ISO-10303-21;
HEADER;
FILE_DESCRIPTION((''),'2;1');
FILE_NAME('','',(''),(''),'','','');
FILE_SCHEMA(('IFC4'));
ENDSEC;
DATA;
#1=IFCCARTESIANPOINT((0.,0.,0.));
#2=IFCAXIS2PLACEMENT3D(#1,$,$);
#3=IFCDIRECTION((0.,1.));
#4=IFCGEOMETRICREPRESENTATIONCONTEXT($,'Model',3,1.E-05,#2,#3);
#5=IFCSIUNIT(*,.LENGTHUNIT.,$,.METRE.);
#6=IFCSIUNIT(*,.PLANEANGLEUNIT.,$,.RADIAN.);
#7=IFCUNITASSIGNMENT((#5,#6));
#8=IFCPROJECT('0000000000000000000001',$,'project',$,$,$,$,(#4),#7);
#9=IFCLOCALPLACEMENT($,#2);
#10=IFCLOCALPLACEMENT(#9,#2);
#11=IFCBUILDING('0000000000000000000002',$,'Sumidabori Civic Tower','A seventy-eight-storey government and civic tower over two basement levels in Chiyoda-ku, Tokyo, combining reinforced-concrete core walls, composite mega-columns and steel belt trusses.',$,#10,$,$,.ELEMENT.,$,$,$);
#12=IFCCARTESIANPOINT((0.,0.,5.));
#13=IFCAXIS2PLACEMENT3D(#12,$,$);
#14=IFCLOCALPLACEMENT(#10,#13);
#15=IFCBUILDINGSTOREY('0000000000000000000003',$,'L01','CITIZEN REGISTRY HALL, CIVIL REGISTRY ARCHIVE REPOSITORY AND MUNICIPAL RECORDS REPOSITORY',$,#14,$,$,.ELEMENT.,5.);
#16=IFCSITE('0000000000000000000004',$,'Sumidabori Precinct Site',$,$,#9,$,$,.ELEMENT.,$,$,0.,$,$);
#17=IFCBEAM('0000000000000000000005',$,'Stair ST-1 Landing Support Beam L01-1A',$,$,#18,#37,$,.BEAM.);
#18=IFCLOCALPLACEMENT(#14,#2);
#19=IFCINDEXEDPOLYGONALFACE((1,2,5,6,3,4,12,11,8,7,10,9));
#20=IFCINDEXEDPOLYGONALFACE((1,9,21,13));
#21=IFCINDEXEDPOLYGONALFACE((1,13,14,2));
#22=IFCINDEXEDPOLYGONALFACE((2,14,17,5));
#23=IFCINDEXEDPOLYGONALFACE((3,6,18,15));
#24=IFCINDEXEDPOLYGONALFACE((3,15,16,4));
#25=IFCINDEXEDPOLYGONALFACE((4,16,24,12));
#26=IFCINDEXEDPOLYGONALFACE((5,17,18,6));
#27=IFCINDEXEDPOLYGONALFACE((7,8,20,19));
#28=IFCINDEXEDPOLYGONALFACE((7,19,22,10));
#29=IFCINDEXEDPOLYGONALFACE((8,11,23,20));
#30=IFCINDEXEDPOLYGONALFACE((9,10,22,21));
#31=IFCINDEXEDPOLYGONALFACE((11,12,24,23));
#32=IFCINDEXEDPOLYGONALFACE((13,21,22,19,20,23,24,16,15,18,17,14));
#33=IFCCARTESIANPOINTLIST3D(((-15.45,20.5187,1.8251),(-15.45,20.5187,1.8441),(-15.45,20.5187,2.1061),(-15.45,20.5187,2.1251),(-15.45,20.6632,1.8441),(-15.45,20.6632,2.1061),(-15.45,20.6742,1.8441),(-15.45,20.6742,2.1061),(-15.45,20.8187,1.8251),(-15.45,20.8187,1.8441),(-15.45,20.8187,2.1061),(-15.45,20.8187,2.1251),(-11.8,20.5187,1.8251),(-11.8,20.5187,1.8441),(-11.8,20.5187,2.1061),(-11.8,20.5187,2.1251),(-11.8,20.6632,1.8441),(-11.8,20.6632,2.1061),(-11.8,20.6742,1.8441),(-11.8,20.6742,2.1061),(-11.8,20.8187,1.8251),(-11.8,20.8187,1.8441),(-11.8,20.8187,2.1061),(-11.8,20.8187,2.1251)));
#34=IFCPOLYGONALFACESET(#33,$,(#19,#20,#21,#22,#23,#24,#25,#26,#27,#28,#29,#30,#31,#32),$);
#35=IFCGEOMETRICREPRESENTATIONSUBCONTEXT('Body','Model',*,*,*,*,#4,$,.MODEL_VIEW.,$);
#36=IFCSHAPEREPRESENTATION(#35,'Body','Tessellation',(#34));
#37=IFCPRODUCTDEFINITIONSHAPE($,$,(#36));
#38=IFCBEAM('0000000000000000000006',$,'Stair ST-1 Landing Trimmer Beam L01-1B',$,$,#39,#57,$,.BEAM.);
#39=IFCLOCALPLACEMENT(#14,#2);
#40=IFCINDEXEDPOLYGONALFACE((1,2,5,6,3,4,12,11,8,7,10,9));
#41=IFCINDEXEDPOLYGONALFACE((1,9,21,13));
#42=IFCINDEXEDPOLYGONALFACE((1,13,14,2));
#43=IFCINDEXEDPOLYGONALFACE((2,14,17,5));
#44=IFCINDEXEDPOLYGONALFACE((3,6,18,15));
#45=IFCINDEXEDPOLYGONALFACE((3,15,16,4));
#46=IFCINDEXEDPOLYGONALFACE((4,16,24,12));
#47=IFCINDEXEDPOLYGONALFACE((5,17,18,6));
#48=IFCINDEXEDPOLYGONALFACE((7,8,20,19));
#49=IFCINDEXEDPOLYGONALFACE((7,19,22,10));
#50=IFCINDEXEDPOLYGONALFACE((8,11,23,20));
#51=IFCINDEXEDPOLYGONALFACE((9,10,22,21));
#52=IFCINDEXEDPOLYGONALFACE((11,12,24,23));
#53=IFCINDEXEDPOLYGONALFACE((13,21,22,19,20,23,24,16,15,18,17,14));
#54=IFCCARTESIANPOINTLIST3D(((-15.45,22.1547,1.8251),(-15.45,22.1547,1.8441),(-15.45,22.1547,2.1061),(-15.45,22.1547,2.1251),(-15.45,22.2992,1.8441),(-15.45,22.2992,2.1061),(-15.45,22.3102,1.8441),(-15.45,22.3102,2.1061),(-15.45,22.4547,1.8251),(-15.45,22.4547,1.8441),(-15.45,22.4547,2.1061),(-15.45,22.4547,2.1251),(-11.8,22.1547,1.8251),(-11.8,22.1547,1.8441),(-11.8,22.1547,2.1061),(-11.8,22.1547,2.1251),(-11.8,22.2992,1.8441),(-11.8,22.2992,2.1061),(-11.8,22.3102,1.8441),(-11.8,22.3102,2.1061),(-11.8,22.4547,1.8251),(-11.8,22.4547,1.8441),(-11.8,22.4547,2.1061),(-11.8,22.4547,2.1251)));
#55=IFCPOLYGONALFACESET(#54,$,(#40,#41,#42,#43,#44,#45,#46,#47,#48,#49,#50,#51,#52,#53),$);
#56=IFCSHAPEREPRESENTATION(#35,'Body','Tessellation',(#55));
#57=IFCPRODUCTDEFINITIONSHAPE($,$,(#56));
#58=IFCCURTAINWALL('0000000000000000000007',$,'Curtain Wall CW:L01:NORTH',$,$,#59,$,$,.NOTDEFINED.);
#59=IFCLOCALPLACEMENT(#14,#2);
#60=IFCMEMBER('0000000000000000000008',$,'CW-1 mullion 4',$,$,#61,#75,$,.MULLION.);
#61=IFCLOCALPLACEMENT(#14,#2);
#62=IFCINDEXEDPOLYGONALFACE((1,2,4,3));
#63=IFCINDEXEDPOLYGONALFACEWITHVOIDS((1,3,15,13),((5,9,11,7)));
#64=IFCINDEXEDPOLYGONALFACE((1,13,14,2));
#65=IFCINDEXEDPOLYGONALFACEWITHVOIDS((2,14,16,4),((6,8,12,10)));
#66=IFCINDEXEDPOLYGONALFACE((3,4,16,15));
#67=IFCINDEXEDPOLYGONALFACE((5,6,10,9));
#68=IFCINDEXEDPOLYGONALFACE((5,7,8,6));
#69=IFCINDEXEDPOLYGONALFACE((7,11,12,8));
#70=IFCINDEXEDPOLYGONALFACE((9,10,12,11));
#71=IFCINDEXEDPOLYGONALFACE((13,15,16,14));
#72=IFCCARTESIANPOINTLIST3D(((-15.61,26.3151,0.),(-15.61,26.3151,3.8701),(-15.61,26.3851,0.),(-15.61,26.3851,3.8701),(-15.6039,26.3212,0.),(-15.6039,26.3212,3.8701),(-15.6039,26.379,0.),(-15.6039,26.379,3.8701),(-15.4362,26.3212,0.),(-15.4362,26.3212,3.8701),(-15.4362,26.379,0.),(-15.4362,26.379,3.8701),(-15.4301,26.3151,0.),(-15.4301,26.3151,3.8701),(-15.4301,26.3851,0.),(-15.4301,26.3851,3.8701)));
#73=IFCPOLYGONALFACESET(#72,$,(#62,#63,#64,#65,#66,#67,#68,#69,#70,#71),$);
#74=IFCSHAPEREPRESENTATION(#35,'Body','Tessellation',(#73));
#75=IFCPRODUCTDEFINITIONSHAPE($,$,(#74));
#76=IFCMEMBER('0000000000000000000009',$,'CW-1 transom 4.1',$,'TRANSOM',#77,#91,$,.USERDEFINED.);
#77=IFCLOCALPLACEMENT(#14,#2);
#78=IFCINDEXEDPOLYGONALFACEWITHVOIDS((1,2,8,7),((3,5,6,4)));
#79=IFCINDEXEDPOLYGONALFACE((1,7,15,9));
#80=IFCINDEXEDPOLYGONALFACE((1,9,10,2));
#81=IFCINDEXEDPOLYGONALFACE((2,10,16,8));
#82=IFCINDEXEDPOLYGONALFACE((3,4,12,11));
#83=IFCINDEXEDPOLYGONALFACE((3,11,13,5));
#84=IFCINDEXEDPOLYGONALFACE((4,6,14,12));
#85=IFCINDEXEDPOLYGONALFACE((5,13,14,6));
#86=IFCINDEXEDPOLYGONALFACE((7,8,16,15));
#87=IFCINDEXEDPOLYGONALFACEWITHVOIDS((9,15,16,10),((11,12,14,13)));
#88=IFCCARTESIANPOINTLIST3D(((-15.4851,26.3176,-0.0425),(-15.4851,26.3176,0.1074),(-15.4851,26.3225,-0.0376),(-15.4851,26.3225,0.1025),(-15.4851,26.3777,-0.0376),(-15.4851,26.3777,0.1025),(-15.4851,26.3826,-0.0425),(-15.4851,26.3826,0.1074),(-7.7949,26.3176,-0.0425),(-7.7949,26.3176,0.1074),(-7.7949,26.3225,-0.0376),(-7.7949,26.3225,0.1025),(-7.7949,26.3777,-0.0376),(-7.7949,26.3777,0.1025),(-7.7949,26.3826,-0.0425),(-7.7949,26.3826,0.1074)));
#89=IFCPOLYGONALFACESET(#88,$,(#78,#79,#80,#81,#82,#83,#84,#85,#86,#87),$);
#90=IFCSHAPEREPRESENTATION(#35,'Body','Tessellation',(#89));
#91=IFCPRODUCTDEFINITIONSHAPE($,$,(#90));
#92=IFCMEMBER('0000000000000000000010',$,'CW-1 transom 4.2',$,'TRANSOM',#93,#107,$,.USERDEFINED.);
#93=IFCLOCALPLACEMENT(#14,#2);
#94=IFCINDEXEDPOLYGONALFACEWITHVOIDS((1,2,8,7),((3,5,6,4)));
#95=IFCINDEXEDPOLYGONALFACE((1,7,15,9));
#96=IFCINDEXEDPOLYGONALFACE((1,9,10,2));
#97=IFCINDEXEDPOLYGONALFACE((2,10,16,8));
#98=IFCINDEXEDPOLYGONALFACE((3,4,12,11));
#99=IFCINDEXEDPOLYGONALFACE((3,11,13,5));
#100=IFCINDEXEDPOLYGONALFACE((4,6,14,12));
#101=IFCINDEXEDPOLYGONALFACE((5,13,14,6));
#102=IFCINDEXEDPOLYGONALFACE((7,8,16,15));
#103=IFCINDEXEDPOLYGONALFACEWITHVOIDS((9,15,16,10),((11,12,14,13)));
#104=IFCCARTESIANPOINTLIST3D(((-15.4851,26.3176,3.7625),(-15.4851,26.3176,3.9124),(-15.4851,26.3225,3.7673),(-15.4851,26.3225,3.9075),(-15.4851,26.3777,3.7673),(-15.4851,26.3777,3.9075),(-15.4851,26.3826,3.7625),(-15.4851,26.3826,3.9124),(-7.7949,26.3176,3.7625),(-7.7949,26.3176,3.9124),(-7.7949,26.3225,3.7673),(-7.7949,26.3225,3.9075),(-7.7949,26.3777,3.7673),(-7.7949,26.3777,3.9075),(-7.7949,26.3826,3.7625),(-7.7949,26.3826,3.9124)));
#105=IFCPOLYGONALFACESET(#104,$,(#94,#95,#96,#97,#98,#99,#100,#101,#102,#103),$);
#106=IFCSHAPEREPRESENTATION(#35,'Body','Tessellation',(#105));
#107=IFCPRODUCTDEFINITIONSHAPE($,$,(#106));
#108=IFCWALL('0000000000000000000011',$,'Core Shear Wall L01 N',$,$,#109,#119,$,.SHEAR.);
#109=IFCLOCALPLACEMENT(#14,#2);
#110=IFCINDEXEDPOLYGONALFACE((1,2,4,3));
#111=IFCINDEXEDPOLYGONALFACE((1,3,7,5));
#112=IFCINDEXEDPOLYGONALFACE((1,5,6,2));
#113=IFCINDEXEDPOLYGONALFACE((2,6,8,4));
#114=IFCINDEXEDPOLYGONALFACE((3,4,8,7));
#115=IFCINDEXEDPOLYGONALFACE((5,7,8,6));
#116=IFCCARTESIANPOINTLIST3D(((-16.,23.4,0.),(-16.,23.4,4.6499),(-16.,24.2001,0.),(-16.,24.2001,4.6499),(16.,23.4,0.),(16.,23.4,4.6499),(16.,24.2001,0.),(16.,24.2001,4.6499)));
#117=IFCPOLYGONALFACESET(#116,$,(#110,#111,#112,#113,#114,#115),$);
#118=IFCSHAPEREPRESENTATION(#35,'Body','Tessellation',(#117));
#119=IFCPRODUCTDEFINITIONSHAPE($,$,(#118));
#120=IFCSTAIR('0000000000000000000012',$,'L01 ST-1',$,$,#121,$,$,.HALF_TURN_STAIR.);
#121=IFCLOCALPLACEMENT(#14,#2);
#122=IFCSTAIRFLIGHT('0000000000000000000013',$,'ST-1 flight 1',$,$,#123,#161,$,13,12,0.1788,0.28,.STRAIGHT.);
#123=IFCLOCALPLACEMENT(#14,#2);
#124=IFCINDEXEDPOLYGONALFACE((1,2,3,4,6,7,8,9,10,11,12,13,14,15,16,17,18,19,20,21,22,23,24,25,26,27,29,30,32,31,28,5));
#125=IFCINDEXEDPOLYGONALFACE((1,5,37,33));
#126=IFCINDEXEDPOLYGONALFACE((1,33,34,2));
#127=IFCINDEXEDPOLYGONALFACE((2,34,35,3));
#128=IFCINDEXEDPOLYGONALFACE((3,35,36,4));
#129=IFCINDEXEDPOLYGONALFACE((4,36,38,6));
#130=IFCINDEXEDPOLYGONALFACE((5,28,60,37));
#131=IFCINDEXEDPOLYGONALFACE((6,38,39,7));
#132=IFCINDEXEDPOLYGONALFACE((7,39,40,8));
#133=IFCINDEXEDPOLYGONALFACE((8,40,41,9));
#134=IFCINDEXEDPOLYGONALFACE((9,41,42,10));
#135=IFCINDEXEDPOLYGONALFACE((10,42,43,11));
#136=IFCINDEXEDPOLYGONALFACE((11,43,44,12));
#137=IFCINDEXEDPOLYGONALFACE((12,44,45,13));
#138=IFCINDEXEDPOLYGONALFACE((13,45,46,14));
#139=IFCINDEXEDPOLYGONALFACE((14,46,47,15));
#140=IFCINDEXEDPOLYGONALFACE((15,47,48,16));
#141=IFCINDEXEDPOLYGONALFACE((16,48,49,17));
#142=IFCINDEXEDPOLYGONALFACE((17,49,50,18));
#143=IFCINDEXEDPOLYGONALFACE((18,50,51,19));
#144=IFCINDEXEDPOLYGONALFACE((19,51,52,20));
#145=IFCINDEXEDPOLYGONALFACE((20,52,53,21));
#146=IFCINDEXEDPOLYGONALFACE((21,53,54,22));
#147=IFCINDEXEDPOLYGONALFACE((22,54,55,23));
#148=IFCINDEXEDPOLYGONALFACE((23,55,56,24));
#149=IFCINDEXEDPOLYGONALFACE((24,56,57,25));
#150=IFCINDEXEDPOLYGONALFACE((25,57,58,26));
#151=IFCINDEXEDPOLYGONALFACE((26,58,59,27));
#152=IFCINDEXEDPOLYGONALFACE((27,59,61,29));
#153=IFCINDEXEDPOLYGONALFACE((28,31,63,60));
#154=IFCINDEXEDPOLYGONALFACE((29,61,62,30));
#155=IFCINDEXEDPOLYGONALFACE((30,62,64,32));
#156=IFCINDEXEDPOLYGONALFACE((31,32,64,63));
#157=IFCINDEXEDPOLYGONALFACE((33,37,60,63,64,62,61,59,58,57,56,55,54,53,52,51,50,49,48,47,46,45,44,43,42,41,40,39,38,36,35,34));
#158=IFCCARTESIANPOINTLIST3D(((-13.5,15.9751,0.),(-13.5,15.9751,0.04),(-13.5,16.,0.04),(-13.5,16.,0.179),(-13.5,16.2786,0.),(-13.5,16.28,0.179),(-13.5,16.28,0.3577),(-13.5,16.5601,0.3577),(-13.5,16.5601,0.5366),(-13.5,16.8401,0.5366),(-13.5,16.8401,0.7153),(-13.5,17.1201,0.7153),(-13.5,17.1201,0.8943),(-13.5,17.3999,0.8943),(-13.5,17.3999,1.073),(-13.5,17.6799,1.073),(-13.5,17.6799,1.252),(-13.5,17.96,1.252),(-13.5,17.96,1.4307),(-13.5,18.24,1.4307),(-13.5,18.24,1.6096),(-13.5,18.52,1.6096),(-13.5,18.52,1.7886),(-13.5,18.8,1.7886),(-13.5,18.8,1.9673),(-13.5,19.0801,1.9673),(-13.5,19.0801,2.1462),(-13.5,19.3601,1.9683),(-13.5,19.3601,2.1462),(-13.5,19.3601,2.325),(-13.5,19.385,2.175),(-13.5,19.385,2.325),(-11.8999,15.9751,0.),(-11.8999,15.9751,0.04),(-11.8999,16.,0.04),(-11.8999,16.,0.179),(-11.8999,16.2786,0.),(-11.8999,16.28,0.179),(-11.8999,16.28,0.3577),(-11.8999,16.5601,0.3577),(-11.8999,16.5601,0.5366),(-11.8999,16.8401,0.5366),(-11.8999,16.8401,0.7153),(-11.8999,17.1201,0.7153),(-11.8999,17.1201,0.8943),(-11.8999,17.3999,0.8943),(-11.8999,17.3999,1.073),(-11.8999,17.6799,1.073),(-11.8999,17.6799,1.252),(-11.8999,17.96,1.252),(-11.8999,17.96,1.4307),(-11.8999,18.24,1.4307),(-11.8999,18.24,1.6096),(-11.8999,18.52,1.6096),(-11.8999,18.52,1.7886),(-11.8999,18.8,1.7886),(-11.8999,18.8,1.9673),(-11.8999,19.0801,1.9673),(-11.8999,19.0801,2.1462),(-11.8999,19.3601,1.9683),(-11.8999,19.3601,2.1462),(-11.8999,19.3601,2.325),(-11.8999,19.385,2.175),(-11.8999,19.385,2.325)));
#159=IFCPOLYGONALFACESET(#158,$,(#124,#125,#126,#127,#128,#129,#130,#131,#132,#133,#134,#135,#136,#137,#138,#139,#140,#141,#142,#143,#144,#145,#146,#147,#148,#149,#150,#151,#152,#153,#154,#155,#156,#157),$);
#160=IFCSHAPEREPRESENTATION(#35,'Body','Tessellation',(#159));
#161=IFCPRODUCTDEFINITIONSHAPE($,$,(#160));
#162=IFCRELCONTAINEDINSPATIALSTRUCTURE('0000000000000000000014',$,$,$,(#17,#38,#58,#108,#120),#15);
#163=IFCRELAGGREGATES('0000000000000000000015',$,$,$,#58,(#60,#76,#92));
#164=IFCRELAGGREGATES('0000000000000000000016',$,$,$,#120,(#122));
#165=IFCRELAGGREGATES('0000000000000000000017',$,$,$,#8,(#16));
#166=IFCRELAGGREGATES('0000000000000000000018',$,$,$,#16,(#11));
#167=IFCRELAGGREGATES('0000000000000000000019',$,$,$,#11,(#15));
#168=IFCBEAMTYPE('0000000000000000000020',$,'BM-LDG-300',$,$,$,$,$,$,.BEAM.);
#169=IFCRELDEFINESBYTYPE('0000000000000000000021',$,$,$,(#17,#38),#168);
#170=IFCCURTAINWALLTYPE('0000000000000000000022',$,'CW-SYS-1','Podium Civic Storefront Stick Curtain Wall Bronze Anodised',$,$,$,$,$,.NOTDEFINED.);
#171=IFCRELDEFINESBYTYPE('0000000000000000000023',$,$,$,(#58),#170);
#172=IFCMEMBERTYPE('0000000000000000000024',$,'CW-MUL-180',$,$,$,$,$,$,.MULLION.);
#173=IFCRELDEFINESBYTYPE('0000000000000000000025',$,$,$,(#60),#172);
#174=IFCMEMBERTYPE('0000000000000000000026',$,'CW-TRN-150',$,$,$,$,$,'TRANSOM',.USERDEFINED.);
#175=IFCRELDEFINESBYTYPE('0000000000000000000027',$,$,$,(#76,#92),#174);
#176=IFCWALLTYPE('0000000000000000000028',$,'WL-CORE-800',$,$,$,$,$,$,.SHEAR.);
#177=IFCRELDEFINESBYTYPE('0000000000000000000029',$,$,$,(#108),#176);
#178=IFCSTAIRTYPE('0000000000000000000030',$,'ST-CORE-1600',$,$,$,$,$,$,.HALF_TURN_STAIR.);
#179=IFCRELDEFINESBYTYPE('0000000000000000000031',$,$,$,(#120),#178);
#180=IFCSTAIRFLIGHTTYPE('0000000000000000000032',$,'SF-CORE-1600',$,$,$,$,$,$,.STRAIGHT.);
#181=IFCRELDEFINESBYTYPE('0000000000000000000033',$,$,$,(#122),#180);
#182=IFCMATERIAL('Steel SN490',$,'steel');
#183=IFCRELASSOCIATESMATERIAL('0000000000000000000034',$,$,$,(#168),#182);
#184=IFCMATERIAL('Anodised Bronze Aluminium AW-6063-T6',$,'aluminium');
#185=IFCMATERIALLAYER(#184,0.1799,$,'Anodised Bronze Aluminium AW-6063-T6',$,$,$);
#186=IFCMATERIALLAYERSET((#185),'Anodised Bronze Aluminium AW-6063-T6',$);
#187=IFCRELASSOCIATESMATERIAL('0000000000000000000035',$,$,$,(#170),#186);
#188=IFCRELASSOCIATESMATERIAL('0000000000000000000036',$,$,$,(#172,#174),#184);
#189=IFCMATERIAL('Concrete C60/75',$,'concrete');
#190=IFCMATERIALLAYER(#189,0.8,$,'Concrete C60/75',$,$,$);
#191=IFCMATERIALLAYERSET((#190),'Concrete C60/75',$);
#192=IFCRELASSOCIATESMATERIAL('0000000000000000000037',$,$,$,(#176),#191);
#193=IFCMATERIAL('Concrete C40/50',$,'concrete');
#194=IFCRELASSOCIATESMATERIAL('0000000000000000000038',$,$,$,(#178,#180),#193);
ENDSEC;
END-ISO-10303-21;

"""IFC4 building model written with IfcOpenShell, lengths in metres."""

from ifc_helpers import new_model, si_unit, direction, frame, frame_2d, origin, origin_2d, place, context, subcontext, project, spatial, polyline, rectangle, hollow_rectangle, i_section, outline, extrude, source, transform, mapped, material, layer, layer_set, material_profile, profile_set, type_object, element, aggregate, save


model = new_model("IFC4")

# Units and contexts
model_context = context("Model", 3, precision=1e-05, world=origin(), true_north=direction((0.0, 1.0)))
body_context = subcontext(model_context, "Body", "Model", "MODEL_VIEW")
ifc_project = project(units=[si_unit("LENGTHUNIT", "METRE"), si_unit("PLANEANGLEUNIT", "RADIAN")], contexts=[model_context])

# Site, building, storey
site_placement = place(None, origin())
site = spatial("IfcSite", under=ifc_project, at=site_placement, Name="Sumidabori Precinct Site", CompositionType="ELEMENT", RefElevation=0.0)
building_placement = place(site_placement, origin())
building = spatial("IfcBuilding", under=site, at=building_placement, Name="Sumidabori Civic Tower", Description="A seventy-eight-storey government and civic tower over two basement levels in Chiyoda-ku, Tokyo, combining reinforced-concrete core walls, composite mega-columns and steel belt trusses.", CompositionType="ELEMENT")
storey_placement = place(building_placement, frame((0.0, 0.0, 5.0)))
storey = spatial("IfcBuildingStorey", under=building, at=storey_placement, Name="L01", Description="CITIZEN REGISTRY HALL, CIVIL REGISTRY ARCHIVE REPOSITORY AND MUNICIPAL RECORDS REPOSITORY", CompositionType="ELEMENT", Elevation=5.0)

# Beams
ifc_material_1 = material(Name="Steel SN490", Category="steel")
ifc_material_profile_1 = material_profile(ifc_material_1, i_section(OverallWidth=0.3, OverallDepth=0.3, WebThickness=0.011, FlangeThickness=0.019, at=origin_2d()), Name="HE 300 B")
ifc_profile_set_1 = profile_set([ifc_material_profile_1], Name="Steel SN490")
beam_type = type_object("IfcBeamType", Name="BM-LDG-300", PredefinedType="BEAM", material=ifc_profile_set_1)
shared_shape_1 = source(origin(), body_context, "Body", "SweptSolid", [
    extrude(i_section(OverallWidth=0.3, OverallDepth=0.3, WebThickness=0.011, FlangeThickness=0.019, at=origin_2d()), origin(), (0.0, 0.0, 1.0), 3.6499),
])
for number, where, z_axis, x_axis, name in (
    (1, (-15.45, 20.6687, 1.9751), (1.0, 0.0, 0.0), (0.0, 1.0, 0.0), "Stair ST-1 Landing Support Beam L01-1A"),
    (2, (-15.45, 22.3047, 1.9751), (1.0, 0.0, 0.0), (0.0, 1.0, 0.0), "Stair ST-1 Landing Trimmer Beam L01-1B"),
):
    element("IfcBeam", number, at=place(storey_placement, frame(where, z_axis=z_axis, x_axis=x_axis)), inside=storey, type_object=beam_type, Name=name, PredefinedType="BEAM", context=body_context, shape_type="MappedRepresentation", body=[
        mapped(shared_shape_1, transform((0.0, 0.0, 0.0), x_axis=(1.0, 0.0, 0.0), y_axis=(0.0, 1.0, 0.0), z_axis=(0.0, 0.0, 1.0), scale=1.0)),
    ])

# Curtain wall, members
ifc_material_2 = material(Name="Anodised Bronze Aluminium AW-6063-T6", Category="aluminium")
ifc_layer_1 = layer(ifc_material_2, 0.1799, Name="Anodised Bronze Aluminium AW-6063-T6")
ifc_layer_set_1 = layer_set([ifc_layer_1], Name="Anodised Bronze Aluminium AW-6063-T6")
curtain_wall_type = type_object("IfcCurtainWallType", Name="CW-SYS-1", Description="Podium Civic Storefront Stick Curtain Wall Bronze Anodised", PredefinedType="NOTDEFINED", material=ifc_layer_set_1)
curtain_wall_placement = place(storey_placement, origin())
curtain_wall = element("IfcCurtainWall", 3, at=curtain_wall_placement, inside=storey, type_object=curtain_wall_type, Name="Curtain Wall CW:L01:NORTH", PredefinedType="NOTDEFINED")
ifc_material_profile_2 = material_profile(ifc_material_2, hollow_rectangle(XDim=0.0701, YDim=0.1799, WallThickness=0.0061, at=origin_2d()), Name="ALU MULLION 180x70")
ifc_profile_set_2 = profile_set([ifc_material_profile_2], Name="Anodised Bronze Aluminium AW-6063-T6")
member_type_1 = type_object("IfcMemberType", Name="CW-MUL-180", PredefinedType="MULLION", material=ifc_profile_set_2)
shared_shape_2 = source(origin(), body_context, "Body", "SweptSolid", [
    extrude(hollow_rectangle(XDim=0.0701, YDim=0.1799, WallThickness=0.0061, at=origin_2d()), origin(), (0.0, 0.0, 1.0), 3.8701),
])
member_1_placement = place(storey_placement, frame((-15.52, 26.3501, 0.0), z_axis=(0.0, 0.0, 1.0), x_axis=(0.0, 1.0, 0.0)))
member_1 = element("IfcMember", 4, at=member_1_placement, type_object=member_type_1, Name="CW-1 mullion 4", PredefinedType="MULLION", context=body_context, shape_type="MappedRepresentation", body=[
    mapped(shared_shape_2, transform((0.0, 0.0, 0.0), x_axis=(1.0, 0.0, 0.0), y_axis=(0.0, 1.0, 0.0), z_axis=(0.0, 0.0, 1.0), scale=1.0)),
])
ifc_material_profile_3 = material_profile(ifc_material_2, hollow_rectangle(XDim=0.0649, YDim=0.1499, WallThickness=0.0049, at=origin_2d()), Name="ALU TRANSOM 150x65")
ifc_profile_set_3 = profile_set([ifc_material_profile_3], Name="Anodised Bronze Aluminium AW-6063-T6")
member_type_2 = type_object("IfcMemberType", Name="CW-TRN-150", ElementType="TRANSOM", PredefinedType="USERDEFINED", material=ifc_profile_set_3)
shared_shape_3 = source(origin(), body_context, "Body", "SweptSolid", [
    extrude(hollow_rectangle(XDim=0.0649, YDim=0.1499, WallThickness=0.0049, at=origin_2d()), origin(), (0.0, 0.0, 1.0), 7.6902),
])
member_2_placement = place(storey_placement, frame((-15.4851, 26.3501, 0.0325), z_axis=(1.0, 0.0, 0.0), x_axis=(0.0, 1.0, 0.0)))
member_2 = element("IfcMember", 5, at=member_2_placement, type_object=member_type_2, Name="CW-1 transom 4.1", ObjectType="TRANSOM", PredefinedType="USERDEFINED", context=body_context, shape_type="MappedRepresentation", body=[
    mapped(shared_shape_3, transform((0.0, 0.0, 0.0), x_axis=(1.0, 0.0, 0.0), y_axis=(0.0, 1.0, 0.0), z_axis=(0.0, 0.0, 1.0), scale=1.0)),
])
member_3_placement = place(storey_placement, frame((-15.4851, 26.3501, 3.8374), z_axis=(1.0, 0.0, 0.0), x_axis=(0.0, 1.0, 0.0)))
member_3 = element("IfcMember", 6, at=member_3_placement, type_object=member_type_2, Name="CW-1 transom 4.2", ObjectType="TRANSOM", PredefinedType="USERDEFINED", context=body_context, shape_type="MappedRepresentation", body=[
    mapped(shared_shape_3, transform((0.0, 0.0, 0.0), x_axis=(1.0, 0.0, 0.0), y_axis=(0.0, 1.0, 0.0), z_axis=(0.0, 0.0, 1.0), scale=1.0)),
])
aggregate(curtain_wall, [member_1, member_2, member_3])

# Wall
ifc_material_3 = material(Name="Concrete C60/75", Category="concrete")
ifc_layer_2 = layer(ifc_material_3, 0.8, Name="Concrete C60/75")
ifc_layer_set_2 = layer_set([ifc_layer_2], Name="Concrete C60/75")
wall_type_1 = type_object("IfcWallType", Name="WL-CORE-800", PredefinedType="SHEAR", material=ifc_layer_set_2)
shared_shape_4 = source(origin(), body_context, "Body", "SweptSolid", [
    extrude(rectangle(XDim=32.0, YDim=0.8, at=frame_2d((16.0, 0.0))), origin(), (0.0, 0.0, 1.0), 4.6499),
])
wall_1_placement = place(storey_placement, frame((-16.0, 23.8, 0.0), z_axis=(0.0, 0.0, 1.0), x_axis=(1.0, 0.0, 0.0)))
element("IfcWall", 7, at=wall_1_placement, inside=storey, type_object=wall_type_1, Name="Core Shear Wall L01 N", PredefinedType="SHEAR", context=body_context, shape_type="MappedRepresentation", body=[
    mapped(shared_shape_4, transform((0.0, 0.0, 0.0), x_axis=(1.0, 0.0, 0.0), y_axis=(0.0, 1.0, 0.0), z_axis=(0.0, 0.0, 1.0), scale=1.0)),
])

# Stair, stair flight
ifc_material_4 = material(Name="Concrete C40/50", Category="concrete")
stair_type = type_object("IfcStairType", Name="ST-CORE-1600", PredefinedType="HALF_TURN_STAIR", material=ifc_material_4)
stair_placement = place(storey_placement, origin())
stair = element("IfcStair", 8, at=stair_placement, inside=storey, type_object=stair_type, Name="L01 ST-1", PredefinedType="HALF_TURN_STAIR")
stair_flight_type = type_object("IfcStairFlightType", Name="SF-CORE-1600", PredefinedType="STRAIGHT", material=ifc_material_4)
shared_shape_5 = source(origin(), body_context, "Body", "SweptSolid", [
    extrude(outline(polyline([(-0.0249, 0.0), (-0.0249, 0.04), (0.0, 0.04), (0.0, 0.179), (0.28, 0.179), (0.28, 0.3577), (0.5601, 0.3577), (0.5601, 0.5366), (0.8401, 0.5366), (0.8401, 0.7153), (1.1201, 0.7153), (1.1201, 0.8943), (1.3999, 0.8943), (1.3999, 1.073), (1.6799, 1.073), (1.6799, 1.252), (1.96, 1.252), (1.96, 1.4307), (2.24, 1.4307), (2.24, 1.6096), (2.52, 1.6096), (2.52, 1.7886), (2.8, 1.7886), (2.8, 1.9673), (3.0801, 1.9673), (3.0801, 2.1462), (3.3601, 2.1462), (3.3601, 2.325), (3.385, 2.325), (3.385, 2.175), (3.3601, 1.9683), (0.2786, 0.0), (-0.0249, 0.0)])), frame((0.0, 0.8, 0.0), z_axis=(0.0, -1.0, 0.0), x_axis=(1.0, 0.0, 0.0)), (0.0, 0.0, 1.0), 1.6001),
])
stair_flight_1_placement = place(storey_placement, frame((-12.7, 16.0, 0.0), z_axis=(0.0, 0.0, 1.0), x_axis=(0.0, 1.0, 0.0)))
stair_flight_1 = element("IfcStairFlight", 9, at=stair_flight_1_placement, type_object=stair_flight_type, Name="ST-1 flight 1", NumberOfRisers=13, NumberOfTreads=12, PredefinedType="STRAIGHT", RiserHeight=0.1788, TreadLength=0.28, context=body_context, shape_type="MappedRepresentation", body=[
    mapped(shared_shape_5, transform((0.0, 0.0, 0.0), x_axis=(1.0, 0.0, 0.0), y_axis=(0.0, 1.0, 0.0), z_axis=(0.0, 0.0, 1.0), scale=1.0)),
])
aggregate(stair, [stair_flight_1])

save(model, "model.ifc")
